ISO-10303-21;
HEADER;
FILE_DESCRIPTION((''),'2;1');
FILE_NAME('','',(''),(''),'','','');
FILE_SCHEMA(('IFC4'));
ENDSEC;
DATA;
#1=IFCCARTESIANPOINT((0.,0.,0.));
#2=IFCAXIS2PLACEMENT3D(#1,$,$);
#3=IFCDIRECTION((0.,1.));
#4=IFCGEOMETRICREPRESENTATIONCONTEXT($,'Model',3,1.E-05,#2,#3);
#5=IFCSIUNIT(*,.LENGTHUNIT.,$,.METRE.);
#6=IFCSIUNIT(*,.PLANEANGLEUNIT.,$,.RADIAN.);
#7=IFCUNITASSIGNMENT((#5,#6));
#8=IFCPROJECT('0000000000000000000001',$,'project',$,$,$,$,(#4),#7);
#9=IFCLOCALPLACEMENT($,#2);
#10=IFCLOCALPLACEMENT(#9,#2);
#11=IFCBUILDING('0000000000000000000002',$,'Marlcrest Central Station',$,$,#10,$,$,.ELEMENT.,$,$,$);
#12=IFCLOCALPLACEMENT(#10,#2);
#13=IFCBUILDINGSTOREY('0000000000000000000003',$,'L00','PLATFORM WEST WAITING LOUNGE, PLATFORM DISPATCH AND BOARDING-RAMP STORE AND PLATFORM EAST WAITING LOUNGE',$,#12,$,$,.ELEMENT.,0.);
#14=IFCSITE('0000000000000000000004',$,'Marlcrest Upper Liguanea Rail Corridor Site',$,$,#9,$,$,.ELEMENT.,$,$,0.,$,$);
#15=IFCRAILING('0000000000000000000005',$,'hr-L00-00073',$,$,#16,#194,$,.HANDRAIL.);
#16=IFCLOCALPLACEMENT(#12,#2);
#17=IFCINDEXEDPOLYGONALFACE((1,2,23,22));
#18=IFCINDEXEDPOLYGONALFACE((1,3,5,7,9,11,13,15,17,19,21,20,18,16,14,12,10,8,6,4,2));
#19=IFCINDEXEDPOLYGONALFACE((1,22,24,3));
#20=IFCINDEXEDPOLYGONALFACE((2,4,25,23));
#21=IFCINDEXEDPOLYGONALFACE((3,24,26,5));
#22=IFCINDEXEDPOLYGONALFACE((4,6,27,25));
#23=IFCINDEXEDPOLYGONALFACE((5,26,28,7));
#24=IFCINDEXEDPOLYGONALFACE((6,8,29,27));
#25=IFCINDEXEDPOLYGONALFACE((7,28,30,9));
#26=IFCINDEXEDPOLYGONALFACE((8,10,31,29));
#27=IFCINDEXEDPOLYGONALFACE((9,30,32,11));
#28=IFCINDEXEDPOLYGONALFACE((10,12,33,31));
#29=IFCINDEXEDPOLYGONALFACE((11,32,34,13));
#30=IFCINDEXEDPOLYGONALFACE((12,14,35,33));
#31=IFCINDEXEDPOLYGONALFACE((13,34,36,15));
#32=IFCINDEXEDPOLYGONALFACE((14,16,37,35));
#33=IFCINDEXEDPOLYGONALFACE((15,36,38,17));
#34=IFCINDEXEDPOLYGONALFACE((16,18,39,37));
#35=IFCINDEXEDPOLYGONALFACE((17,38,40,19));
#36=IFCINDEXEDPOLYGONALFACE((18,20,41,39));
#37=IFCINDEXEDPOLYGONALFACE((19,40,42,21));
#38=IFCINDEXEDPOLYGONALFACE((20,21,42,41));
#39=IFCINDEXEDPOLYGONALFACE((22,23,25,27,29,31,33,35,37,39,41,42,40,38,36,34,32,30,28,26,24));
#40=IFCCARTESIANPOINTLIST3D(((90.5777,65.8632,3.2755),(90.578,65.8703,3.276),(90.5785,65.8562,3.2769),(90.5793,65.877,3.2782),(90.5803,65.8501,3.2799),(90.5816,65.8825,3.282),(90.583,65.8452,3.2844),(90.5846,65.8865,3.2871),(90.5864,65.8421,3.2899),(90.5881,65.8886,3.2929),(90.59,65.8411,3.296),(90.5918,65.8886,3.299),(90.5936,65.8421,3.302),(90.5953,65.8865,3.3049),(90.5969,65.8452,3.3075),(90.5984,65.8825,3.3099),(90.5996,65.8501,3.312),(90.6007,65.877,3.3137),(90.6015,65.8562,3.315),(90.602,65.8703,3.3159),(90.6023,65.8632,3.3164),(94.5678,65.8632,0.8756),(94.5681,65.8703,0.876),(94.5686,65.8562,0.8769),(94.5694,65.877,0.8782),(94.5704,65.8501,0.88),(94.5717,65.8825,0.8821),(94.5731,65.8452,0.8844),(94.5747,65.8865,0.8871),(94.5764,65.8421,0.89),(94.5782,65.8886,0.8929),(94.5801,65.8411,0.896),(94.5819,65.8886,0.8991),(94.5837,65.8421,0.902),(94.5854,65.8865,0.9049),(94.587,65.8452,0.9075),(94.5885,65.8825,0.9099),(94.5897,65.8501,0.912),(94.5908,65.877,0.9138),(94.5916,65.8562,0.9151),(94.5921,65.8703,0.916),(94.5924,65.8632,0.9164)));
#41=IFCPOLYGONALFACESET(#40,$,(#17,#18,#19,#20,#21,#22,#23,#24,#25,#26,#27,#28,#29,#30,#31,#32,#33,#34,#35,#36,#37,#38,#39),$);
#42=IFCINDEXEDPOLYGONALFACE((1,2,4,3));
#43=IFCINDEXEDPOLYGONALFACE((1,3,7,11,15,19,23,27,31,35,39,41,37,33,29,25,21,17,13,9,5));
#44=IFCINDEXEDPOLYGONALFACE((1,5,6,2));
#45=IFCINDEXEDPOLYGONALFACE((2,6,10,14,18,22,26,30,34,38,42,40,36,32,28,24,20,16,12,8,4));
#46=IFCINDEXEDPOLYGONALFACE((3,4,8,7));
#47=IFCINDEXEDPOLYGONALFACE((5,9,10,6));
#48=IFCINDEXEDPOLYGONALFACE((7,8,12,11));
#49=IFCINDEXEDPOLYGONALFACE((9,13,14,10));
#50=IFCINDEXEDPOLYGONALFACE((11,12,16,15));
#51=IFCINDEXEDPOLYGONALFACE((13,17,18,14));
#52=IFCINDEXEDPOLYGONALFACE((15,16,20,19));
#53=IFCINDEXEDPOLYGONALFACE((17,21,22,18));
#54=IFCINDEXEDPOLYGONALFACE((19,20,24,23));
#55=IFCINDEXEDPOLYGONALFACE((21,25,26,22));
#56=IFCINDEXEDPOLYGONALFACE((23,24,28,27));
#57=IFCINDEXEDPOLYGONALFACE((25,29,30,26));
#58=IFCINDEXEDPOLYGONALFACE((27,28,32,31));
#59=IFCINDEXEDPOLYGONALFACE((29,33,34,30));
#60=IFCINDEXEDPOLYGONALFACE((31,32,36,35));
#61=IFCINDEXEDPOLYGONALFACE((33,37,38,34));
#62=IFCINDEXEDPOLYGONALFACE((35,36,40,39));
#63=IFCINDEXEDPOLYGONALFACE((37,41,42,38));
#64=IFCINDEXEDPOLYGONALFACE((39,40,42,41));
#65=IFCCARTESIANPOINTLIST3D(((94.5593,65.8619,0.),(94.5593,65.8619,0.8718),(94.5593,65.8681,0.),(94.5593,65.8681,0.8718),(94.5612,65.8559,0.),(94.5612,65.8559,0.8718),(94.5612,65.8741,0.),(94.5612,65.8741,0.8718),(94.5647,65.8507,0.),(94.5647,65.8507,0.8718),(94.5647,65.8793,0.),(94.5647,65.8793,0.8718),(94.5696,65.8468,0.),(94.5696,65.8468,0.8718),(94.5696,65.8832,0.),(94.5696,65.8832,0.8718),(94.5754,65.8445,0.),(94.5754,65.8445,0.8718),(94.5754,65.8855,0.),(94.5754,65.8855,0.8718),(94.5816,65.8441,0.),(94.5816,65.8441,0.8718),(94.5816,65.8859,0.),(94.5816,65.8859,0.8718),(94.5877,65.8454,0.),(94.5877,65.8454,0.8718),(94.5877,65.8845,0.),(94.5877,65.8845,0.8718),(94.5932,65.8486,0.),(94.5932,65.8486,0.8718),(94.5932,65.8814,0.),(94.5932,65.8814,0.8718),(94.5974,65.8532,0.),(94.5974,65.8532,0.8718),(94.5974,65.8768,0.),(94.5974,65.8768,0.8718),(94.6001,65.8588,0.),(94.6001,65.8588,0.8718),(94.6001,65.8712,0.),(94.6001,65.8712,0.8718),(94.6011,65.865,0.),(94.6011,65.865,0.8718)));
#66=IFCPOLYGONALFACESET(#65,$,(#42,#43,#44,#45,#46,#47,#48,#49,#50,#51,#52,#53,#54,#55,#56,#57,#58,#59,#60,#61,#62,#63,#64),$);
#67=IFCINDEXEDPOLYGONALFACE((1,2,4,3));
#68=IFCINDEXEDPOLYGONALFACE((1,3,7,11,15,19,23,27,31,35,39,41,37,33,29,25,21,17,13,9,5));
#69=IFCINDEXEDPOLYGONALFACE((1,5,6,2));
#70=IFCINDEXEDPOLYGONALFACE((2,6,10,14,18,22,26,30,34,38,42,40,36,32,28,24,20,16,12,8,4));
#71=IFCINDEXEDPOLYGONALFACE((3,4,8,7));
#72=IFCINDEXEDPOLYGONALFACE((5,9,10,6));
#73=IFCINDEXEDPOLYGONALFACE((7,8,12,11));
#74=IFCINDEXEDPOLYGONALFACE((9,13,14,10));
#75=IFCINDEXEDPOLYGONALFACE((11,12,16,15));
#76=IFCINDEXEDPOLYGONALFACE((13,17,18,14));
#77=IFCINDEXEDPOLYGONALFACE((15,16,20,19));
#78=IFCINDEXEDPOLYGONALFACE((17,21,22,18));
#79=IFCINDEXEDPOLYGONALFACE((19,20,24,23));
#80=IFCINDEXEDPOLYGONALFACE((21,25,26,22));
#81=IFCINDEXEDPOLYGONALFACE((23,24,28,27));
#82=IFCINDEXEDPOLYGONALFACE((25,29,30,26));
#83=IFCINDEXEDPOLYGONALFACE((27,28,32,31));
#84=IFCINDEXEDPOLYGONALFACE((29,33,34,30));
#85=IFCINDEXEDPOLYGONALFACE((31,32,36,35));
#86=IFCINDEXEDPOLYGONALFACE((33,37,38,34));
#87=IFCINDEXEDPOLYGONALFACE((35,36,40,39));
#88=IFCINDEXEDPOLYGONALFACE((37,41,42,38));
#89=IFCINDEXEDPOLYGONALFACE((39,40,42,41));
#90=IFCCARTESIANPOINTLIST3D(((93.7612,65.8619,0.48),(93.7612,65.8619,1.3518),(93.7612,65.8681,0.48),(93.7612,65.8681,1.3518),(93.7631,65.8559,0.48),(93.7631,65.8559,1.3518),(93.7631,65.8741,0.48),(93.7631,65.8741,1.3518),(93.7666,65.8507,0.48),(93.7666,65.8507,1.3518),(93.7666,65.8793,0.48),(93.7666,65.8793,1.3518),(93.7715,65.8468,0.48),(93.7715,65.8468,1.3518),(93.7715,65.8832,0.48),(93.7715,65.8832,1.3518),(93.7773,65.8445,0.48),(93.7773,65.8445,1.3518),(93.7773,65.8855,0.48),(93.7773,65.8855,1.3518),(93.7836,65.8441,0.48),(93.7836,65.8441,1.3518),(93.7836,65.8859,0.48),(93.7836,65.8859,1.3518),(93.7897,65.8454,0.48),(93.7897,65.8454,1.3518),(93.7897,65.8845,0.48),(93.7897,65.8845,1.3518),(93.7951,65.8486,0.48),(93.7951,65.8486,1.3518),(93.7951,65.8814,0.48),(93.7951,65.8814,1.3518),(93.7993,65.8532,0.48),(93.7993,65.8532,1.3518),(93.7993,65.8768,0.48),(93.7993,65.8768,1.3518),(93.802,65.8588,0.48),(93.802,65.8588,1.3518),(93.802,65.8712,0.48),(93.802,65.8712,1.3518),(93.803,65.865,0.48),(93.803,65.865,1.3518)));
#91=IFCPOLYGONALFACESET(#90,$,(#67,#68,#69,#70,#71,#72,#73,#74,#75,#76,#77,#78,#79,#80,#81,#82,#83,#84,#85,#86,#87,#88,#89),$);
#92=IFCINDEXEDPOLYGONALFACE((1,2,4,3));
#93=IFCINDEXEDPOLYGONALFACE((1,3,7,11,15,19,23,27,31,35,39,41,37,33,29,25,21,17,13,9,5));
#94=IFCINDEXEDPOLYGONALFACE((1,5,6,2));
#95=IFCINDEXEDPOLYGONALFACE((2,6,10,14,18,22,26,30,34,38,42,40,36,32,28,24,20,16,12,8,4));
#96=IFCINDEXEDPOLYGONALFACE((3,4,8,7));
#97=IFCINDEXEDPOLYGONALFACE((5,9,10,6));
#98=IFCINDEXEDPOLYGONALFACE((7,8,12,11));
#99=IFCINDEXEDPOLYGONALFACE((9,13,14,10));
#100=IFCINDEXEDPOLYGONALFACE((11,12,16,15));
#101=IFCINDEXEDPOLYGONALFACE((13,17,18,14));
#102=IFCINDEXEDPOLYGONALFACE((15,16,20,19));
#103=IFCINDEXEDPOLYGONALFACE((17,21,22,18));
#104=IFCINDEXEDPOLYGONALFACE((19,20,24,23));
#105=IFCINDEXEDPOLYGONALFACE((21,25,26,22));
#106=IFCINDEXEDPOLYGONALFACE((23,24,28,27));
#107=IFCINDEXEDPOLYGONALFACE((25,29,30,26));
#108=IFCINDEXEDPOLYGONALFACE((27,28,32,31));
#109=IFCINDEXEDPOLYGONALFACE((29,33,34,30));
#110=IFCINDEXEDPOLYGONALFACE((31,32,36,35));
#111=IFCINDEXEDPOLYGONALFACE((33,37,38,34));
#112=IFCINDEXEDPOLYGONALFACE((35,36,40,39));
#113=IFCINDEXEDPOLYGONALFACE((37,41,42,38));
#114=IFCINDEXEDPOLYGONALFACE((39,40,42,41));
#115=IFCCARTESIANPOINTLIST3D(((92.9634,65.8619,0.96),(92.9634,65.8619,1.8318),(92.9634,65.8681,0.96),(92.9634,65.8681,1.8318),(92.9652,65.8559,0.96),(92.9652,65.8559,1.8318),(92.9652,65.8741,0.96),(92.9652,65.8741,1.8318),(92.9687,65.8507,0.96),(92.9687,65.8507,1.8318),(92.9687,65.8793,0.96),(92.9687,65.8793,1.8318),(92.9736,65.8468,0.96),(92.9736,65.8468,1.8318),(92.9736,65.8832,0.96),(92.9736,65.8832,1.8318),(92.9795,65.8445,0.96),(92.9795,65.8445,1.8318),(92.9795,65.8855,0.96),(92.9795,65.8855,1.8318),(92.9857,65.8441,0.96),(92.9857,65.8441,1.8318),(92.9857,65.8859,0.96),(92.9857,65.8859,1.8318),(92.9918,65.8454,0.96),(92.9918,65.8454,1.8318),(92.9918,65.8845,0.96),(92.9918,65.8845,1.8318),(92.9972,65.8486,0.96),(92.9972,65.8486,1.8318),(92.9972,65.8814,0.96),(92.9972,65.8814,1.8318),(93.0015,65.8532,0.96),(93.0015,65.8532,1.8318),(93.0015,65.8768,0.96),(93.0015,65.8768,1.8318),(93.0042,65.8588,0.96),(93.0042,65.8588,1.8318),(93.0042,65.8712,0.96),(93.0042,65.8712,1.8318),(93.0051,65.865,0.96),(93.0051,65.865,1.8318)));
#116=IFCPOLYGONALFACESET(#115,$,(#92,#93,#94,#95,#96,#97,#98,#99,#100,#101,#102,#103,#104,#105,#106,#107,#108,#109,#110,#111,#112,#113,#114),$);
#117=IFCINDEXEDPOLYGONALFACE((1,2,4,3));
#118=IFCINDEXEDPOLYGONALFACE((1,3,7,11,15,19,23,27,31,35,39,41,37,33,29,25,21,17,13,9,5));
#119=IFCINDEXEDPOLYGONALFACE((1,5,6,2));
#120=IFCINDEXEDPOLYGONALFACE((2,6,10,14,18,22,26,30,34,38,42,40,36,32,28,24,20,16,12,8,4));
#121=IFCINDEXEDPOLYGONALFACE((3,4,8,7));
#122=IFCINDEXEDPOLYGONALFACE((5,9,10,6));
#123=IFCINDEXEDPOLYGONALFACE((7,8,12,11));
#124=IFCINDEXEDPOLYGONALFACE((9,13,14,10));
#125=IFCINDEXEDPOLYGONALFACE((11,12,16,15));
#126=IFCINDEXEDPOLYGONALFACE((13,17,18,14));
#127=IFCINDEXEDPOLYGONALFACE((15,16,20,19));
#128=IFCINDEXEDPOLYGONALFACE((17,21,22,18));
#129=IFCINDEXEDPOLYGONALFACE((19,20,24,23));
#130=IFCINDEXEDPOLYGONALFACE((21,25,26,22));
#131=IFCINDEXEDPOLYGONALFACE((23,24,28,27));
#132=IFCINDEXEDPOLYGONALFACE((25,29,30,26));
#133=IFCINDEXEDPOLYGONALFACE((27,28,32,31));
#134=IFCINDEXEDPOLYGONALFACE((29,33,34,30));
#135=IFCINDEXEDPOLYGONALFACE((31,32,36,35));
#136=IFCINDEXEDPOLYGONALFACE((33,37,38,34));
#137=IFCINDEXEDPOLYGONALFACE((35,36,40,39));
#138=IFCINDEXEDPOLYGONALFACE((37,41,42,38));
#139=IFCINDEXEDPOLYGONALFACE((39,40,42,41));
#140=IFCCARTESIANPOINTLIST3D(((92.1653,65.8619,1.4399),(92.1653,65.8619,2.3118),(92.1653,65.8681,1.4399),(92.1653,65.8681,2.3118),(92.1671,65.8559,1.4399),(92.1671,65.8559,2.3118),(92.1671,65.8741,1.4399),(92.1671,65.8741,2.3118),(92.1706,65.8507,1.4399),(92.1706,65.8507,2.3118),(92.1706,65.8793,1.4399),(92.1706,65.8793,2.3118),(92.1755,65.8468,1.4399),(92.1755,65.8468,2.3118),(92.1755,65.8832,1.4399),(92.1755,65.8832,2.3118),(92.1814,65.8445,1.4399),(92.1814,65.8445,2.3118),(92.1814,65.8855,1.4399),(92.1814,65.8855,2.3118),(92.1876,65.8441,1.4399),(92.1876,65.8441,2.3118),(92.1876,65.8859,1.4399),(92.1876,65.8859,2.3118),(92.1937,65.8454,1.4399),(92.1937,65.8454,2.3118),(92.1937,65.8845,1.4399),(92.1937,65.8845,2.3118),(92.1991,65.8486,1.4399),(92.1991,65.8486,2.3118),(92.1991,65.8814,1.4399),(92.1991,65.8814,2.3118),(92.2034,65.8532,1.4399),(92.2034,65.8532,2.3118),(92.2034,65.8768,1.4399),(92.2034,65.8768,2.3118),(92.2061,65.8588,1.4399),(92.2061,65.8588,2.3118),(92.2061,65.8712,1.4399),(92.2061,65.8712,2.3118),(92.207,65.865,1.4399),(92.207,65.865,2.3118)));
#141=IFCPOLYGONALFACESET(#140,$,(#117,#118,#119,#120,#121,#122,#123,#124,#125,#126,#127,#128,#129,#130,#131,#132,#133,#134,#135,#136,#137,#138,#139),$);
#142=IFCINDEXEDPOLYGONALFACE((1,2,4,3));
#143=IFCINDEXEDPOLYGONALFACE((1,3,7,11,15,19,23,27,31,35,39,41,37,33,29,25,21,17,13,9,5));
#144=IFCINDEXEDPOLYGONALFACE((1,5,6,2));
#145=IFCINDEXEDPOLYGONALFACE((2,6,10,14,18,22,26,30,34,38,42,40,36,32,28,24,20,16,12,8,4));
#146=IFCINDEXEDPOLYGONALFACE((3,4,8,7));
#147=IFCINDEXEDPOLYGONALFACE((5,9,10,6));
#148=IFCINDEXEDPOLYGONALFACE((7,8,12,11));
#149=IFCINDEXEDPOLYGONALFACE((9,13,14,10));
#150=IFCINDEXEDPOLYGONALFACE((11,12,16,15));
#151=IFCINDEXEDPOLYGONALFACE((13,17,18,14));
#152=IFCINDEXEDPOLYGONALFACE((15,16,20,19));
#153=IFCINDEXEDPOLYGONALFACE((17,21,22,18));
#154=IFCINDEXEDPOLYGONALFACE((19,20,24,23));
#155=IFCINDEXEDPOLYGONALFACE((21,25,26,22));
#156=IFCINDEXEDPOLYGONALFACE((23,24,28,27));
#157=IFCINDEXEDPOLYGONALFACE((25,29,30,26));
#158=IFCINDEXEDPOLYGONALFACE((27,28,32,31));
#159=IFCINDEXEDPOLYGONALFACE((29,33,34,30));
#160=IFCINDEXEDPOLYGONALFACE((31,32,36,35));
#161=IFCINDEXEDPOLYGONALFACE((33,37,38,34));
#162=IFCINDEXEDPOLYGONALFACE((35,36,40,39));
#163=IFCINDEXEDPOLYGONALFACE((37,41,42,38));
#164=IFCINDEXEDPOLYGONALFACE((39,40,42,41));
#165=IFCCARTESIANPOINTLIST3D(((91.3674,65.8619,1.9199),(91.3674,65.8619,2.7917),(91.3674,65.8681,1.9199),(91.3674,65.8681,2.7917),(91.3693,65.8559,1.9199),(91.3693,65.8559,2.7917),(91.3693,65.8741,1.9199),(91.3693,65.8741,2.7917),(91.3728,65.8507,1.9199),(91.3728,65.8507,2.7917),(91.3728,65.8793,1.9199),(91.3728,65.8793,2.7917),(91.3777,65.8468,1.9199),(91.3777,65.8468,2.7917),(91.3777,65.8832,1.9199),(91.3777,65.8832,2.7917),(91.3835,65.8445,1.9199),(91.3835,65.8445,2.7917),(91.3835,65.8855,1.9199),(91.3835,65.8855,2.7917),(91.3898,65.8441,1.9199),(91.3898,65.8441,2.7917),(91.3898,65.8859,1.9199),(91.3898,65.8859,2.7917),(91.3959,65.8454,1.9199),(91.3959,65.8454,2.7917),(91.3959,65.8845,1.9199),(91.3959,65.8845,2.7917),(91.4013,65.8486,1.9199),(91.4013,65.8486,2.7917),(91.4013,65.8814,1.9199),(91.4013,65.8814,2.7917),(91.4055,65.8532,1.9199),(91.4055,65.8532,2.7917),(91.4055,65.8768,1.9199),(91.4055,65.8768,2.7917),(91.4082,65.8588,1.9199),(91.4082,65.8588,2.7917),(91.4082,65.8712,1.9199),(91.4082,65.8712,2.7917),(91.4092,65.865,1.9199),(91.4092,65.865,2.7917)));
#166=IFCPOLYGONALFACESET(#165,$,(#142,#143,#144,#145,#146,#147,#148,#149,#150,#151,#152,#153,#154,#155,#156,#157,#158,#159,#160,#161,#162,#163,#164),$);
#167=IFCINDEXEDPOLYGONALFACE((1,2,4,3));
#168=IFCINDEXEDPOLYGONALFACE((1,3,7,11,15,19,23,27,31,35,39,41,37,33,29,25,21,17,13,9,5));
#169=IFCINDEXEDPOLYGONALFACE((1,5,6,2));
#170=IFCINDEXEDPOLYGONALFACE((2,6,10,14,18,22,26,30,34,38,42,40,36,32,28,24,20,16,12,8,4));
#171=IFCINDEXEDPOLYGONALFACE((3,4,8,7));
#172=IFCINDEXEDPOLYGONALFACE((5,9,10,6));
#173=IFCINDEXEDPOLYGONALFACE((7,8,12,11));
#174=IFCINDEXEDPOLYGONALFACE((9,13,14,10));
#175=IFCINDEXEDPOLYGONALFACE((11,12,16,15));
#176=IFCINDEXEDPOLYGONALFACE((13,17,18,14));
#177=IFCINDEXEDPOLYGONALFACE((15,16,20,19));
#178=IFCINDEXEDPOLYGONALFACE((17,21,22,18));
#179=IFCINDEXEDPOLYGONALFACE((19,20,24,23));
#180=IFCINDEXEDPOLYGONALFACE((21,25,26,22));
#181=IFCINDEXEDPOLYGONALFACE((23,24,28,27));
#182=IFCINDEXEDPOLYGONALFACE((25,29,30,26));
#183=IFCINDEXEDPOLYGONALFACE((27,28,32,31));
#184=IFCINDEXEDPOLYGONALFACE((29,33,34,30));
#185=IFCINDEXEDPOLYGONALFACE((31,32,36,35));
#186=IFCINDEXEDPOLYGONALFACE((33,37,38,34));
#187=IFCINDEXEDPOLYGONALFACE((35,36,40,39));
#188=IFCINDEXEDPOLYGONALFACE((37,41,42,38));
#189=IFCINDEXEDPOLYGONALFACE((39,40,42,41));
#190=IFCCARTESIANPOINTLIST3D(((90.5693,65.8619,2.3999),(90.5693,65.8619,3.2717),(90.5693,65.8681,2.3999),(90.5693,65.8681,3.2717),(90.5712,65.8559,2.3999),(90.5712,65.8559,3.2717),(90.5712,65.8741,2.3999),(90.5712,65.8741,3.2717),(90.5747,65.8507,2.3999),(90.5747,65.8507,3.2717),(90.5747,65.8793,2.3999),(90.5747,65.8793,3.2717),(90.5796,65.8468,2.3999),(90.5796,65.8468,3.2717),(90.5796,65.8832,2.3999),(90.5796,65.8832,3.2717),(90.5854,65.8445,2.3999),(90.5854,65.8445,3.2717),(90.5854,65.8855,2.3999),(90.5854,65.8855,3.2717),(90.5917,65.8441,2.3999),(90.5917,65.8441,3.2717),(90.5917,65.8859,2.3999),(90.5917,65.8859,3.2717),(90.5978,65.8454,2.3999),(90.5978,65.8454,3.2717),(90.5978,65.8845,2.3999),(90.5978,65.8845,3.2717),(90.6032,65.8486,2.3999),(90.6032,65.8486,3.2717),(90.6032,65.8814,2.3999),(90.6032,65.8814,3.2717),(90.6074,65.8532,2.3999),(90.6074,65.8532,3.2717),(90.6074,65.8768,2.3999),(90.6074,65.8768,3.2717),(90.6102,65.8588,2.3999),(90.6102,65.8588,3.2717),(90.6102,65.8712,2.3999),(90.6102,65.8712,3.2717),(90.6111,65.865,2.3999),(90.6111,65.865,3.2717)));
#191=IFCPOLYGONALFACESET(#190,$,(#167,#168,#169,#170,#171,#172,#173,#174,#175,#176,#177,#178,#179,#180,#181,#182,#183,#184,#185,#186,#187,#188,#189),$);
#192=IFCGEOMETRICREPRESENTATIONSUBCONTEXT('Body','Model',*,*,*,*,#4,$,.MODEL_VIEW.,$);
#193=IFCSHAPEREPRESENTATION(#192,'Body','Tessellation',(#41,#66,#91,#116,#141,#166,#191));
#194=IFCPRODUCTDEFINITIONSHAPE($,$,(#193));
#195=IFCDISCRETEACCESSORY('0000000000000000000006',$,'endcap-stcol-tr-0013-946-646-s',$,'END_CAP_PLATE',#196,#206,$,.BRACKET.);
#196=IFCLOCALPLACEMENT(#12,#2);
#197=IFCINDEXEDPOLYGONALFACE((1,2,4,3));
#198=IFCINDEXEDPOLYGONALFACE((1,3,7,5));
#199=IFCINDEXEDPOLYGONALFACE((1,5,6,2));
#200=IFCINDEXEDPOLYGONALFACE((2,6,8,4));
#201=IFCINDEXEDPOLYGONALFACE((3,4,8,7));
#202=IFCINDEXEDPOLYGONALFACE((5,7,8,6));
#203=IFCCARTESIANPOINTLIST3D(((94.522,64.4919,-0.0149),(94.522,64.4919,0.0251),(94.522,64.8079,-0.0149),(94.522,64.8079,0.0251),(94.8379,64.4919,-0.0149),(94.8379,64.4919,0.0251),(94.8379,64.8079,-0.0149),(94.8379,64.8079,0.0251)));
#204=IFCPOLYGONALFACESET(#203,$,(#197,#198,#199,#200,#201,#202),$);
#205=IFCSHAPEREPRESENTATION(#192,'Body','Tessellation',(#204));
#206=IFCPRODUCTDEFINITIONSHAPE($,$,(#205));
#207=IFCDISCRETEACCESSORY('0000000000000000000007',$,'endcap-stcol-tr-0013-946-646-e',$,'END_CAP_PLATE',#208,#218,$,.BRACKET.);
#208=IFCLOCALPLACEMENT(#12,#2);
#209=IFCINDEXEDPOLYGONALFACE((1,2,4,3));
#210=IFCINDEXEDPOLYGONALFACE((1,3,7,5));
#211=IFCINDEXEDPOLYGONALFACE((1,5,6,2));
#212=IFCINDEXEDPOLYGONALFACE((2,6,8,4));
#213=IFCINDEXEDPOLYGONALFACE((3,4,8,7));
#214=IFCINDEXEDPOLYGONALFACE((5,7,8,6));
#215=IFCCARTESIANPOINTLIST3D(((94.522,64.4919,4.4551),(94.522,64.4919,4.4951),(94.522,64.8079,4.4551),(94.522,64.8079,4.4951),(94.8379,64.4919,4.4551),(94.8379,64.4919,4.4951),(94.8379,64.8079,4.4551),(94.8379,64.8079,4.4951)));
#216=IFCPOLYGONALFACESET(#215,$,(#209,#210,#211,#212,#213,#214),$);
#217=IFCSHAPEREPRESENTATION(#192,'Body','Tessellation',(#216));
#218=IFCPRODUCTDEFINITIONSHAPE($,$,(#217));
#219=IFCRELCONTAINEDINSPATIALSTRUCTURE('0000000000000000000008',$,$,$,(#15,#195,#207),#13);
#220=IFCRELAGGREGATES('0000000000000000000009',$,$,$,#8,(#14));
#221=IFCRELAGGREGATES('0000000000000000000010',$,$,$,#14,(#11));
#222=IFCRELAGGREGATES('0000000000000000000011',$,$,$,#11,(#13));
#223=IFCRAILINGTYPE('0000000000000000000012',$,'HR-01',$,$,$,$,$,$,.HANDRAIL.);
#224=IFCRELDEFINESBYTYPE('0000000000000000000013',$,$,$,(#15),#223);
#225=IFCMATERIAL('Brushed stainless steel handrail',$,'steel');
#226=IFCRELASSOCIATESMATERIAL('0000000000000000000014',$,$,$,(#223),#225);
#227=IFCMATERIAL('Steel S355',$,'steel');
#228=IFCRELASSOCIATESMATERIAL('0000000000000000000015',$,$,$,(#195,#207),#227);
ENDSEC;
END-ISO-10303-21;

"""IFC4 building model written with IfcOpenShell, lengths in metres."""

from ifc_helpers import new_model, si_unit, direction, frame, origin, origin_2d, place, context, subcontext, project, spatial, rectangle, circle, extrude, material, type_object, element, save


model = new_model("IFC4")

# Units and contexts
model_context = context("Model", 3, precision=1e-05, world=origin(), true_north=direction((0.0, 1.0)))
body_context = subcontext(model_context, "Body", "Model", "MODEL_VIEW")
ifc_project = project(units=[si_unit("LENGTHUNIT", "METRE"), si_unit("PLANEANGLEUNIT", "RADIAN")], contexts=[model_context])

# Site, building, storey
site_placement = place(None, origin())
site = spatial("IfcSite", under=ifc_project, at=site_placement, Name="Marlcrest Upper Liguanea Rail Corridor Site", CompositionType="ELEMENT", RefElevation=0.0)
building_placement = place(site_placement, origin())
building = spatial("IfcBuilding", under=site, at=building_placement, Name="Marlcrest Central Station", CompositionType="ELEMENT")
storey_placement = place(building_placement, origin())
storey = spatial("IfcBuildingStorey", under=building, at=storey_placement, Name="L00", Description="PLATFORM WEST WAITING LOUNGE, PLATFORM DISPATCH AND BOARDING-RAMP STORE AND PLATFORM EAST WAITING LOUNGE", CompositionType="ELEMENT", Elevation=0.0)

# Shared definitions
ifc_material_1 = material(Name="Steel S355", Category="steel")

# Railing
ifc_material_2 = material(Name="Brushed stainless steel handrail", Category="steel")
railing_type = type_object("IfcRailingType", Name="HR-01", PredefinedType="HANDRAIL", material=ifc_material_2)
railing_1_placement = place(storey_placement, frame((94.5801, 65.865, 0.0)))
element("IfcRailing", 1, at=railing_1_placement, inside=storey, type_object=railing_type, Name="hr-L00-00073", PredefinedType="HANDRAIL", context=body_context, shape_type="SweptSolid", body=[
    extrude(circle(Radius=0.0239, at=origin_2d()), frame((0.0, 0.0, 0.896), z_axis=(-0.856933, 0.0, 0.515428), x_axis=(0.0, -1.0, 0.0)), (0.0, 0.0, 1.0), 4.6562),
    extrude(circle(Radius=0.021, at=origin_2d()), origin(), (0.0, 0.0, 1.0), 0.8718),
    extrude(circle(Radius=0.021, at=origin_2d()), frame((-0.7981, 0.0, 0.48)), (0.0, 0.0, 1.0), 0.8718),
    extrude(circle(Radius=0.021, at=origin_2d()), frame((-1.5959, 0.0, 0.96)), (0.0, 0.0, 1.0), 0.8718),
    extrude(circle(Radius=0.021, at=origin_2d()), frame((-2.394, 0.0, 1.4399)), (0.0, 0.0, 1.0), 0.8718),
    extrude(circle(Radius=0.021, at=origin_2d()), frame((-3.1919, 0.0, 1.9199)), (0.0, 0.0, 1.0), 0.8718),
    extrude(circle(Radius=0.021, at=origin_2d()), frame((-3.99, 0.0, 2.3999)), (0.0, 0.0, 1.0), 0.8718),
])

# Discrete accessories
for number, where, z_axis, x_axis, name in (
    (2, (94.6799, 64.6499, -0.0149), (0.0, 0.0, 1.0), (1.0, 0.0, 0.0), "endcap-stcol-tr-0013-946-646-s"),
    (3, (94.6799, 64.6499, 4.4551), (0.0, 0.0, 1.0), (1.0, 0.0, 0.0), "endcap-stcol-tr-0013-946-646-e"),
):
    element("IfcDiscreteAccessory", number, at=place(storey_placement, frame(where, z_axis=z_axis, x_axis=x_axis)), inside=storey, material=ifc_material_1, Name=name, ObjectType="END_CAP_PLATE", PredefinedType="BRACKET", context=body_context, shape_type="SweptSolid", body=[
        extrude(rectangle(XDim=0.3159, YDim=0.3159, at=origin_2d()), origin(), (0.0, 0.0, 1.0), 0.04),
    ])

save(model, "model.ifc")
